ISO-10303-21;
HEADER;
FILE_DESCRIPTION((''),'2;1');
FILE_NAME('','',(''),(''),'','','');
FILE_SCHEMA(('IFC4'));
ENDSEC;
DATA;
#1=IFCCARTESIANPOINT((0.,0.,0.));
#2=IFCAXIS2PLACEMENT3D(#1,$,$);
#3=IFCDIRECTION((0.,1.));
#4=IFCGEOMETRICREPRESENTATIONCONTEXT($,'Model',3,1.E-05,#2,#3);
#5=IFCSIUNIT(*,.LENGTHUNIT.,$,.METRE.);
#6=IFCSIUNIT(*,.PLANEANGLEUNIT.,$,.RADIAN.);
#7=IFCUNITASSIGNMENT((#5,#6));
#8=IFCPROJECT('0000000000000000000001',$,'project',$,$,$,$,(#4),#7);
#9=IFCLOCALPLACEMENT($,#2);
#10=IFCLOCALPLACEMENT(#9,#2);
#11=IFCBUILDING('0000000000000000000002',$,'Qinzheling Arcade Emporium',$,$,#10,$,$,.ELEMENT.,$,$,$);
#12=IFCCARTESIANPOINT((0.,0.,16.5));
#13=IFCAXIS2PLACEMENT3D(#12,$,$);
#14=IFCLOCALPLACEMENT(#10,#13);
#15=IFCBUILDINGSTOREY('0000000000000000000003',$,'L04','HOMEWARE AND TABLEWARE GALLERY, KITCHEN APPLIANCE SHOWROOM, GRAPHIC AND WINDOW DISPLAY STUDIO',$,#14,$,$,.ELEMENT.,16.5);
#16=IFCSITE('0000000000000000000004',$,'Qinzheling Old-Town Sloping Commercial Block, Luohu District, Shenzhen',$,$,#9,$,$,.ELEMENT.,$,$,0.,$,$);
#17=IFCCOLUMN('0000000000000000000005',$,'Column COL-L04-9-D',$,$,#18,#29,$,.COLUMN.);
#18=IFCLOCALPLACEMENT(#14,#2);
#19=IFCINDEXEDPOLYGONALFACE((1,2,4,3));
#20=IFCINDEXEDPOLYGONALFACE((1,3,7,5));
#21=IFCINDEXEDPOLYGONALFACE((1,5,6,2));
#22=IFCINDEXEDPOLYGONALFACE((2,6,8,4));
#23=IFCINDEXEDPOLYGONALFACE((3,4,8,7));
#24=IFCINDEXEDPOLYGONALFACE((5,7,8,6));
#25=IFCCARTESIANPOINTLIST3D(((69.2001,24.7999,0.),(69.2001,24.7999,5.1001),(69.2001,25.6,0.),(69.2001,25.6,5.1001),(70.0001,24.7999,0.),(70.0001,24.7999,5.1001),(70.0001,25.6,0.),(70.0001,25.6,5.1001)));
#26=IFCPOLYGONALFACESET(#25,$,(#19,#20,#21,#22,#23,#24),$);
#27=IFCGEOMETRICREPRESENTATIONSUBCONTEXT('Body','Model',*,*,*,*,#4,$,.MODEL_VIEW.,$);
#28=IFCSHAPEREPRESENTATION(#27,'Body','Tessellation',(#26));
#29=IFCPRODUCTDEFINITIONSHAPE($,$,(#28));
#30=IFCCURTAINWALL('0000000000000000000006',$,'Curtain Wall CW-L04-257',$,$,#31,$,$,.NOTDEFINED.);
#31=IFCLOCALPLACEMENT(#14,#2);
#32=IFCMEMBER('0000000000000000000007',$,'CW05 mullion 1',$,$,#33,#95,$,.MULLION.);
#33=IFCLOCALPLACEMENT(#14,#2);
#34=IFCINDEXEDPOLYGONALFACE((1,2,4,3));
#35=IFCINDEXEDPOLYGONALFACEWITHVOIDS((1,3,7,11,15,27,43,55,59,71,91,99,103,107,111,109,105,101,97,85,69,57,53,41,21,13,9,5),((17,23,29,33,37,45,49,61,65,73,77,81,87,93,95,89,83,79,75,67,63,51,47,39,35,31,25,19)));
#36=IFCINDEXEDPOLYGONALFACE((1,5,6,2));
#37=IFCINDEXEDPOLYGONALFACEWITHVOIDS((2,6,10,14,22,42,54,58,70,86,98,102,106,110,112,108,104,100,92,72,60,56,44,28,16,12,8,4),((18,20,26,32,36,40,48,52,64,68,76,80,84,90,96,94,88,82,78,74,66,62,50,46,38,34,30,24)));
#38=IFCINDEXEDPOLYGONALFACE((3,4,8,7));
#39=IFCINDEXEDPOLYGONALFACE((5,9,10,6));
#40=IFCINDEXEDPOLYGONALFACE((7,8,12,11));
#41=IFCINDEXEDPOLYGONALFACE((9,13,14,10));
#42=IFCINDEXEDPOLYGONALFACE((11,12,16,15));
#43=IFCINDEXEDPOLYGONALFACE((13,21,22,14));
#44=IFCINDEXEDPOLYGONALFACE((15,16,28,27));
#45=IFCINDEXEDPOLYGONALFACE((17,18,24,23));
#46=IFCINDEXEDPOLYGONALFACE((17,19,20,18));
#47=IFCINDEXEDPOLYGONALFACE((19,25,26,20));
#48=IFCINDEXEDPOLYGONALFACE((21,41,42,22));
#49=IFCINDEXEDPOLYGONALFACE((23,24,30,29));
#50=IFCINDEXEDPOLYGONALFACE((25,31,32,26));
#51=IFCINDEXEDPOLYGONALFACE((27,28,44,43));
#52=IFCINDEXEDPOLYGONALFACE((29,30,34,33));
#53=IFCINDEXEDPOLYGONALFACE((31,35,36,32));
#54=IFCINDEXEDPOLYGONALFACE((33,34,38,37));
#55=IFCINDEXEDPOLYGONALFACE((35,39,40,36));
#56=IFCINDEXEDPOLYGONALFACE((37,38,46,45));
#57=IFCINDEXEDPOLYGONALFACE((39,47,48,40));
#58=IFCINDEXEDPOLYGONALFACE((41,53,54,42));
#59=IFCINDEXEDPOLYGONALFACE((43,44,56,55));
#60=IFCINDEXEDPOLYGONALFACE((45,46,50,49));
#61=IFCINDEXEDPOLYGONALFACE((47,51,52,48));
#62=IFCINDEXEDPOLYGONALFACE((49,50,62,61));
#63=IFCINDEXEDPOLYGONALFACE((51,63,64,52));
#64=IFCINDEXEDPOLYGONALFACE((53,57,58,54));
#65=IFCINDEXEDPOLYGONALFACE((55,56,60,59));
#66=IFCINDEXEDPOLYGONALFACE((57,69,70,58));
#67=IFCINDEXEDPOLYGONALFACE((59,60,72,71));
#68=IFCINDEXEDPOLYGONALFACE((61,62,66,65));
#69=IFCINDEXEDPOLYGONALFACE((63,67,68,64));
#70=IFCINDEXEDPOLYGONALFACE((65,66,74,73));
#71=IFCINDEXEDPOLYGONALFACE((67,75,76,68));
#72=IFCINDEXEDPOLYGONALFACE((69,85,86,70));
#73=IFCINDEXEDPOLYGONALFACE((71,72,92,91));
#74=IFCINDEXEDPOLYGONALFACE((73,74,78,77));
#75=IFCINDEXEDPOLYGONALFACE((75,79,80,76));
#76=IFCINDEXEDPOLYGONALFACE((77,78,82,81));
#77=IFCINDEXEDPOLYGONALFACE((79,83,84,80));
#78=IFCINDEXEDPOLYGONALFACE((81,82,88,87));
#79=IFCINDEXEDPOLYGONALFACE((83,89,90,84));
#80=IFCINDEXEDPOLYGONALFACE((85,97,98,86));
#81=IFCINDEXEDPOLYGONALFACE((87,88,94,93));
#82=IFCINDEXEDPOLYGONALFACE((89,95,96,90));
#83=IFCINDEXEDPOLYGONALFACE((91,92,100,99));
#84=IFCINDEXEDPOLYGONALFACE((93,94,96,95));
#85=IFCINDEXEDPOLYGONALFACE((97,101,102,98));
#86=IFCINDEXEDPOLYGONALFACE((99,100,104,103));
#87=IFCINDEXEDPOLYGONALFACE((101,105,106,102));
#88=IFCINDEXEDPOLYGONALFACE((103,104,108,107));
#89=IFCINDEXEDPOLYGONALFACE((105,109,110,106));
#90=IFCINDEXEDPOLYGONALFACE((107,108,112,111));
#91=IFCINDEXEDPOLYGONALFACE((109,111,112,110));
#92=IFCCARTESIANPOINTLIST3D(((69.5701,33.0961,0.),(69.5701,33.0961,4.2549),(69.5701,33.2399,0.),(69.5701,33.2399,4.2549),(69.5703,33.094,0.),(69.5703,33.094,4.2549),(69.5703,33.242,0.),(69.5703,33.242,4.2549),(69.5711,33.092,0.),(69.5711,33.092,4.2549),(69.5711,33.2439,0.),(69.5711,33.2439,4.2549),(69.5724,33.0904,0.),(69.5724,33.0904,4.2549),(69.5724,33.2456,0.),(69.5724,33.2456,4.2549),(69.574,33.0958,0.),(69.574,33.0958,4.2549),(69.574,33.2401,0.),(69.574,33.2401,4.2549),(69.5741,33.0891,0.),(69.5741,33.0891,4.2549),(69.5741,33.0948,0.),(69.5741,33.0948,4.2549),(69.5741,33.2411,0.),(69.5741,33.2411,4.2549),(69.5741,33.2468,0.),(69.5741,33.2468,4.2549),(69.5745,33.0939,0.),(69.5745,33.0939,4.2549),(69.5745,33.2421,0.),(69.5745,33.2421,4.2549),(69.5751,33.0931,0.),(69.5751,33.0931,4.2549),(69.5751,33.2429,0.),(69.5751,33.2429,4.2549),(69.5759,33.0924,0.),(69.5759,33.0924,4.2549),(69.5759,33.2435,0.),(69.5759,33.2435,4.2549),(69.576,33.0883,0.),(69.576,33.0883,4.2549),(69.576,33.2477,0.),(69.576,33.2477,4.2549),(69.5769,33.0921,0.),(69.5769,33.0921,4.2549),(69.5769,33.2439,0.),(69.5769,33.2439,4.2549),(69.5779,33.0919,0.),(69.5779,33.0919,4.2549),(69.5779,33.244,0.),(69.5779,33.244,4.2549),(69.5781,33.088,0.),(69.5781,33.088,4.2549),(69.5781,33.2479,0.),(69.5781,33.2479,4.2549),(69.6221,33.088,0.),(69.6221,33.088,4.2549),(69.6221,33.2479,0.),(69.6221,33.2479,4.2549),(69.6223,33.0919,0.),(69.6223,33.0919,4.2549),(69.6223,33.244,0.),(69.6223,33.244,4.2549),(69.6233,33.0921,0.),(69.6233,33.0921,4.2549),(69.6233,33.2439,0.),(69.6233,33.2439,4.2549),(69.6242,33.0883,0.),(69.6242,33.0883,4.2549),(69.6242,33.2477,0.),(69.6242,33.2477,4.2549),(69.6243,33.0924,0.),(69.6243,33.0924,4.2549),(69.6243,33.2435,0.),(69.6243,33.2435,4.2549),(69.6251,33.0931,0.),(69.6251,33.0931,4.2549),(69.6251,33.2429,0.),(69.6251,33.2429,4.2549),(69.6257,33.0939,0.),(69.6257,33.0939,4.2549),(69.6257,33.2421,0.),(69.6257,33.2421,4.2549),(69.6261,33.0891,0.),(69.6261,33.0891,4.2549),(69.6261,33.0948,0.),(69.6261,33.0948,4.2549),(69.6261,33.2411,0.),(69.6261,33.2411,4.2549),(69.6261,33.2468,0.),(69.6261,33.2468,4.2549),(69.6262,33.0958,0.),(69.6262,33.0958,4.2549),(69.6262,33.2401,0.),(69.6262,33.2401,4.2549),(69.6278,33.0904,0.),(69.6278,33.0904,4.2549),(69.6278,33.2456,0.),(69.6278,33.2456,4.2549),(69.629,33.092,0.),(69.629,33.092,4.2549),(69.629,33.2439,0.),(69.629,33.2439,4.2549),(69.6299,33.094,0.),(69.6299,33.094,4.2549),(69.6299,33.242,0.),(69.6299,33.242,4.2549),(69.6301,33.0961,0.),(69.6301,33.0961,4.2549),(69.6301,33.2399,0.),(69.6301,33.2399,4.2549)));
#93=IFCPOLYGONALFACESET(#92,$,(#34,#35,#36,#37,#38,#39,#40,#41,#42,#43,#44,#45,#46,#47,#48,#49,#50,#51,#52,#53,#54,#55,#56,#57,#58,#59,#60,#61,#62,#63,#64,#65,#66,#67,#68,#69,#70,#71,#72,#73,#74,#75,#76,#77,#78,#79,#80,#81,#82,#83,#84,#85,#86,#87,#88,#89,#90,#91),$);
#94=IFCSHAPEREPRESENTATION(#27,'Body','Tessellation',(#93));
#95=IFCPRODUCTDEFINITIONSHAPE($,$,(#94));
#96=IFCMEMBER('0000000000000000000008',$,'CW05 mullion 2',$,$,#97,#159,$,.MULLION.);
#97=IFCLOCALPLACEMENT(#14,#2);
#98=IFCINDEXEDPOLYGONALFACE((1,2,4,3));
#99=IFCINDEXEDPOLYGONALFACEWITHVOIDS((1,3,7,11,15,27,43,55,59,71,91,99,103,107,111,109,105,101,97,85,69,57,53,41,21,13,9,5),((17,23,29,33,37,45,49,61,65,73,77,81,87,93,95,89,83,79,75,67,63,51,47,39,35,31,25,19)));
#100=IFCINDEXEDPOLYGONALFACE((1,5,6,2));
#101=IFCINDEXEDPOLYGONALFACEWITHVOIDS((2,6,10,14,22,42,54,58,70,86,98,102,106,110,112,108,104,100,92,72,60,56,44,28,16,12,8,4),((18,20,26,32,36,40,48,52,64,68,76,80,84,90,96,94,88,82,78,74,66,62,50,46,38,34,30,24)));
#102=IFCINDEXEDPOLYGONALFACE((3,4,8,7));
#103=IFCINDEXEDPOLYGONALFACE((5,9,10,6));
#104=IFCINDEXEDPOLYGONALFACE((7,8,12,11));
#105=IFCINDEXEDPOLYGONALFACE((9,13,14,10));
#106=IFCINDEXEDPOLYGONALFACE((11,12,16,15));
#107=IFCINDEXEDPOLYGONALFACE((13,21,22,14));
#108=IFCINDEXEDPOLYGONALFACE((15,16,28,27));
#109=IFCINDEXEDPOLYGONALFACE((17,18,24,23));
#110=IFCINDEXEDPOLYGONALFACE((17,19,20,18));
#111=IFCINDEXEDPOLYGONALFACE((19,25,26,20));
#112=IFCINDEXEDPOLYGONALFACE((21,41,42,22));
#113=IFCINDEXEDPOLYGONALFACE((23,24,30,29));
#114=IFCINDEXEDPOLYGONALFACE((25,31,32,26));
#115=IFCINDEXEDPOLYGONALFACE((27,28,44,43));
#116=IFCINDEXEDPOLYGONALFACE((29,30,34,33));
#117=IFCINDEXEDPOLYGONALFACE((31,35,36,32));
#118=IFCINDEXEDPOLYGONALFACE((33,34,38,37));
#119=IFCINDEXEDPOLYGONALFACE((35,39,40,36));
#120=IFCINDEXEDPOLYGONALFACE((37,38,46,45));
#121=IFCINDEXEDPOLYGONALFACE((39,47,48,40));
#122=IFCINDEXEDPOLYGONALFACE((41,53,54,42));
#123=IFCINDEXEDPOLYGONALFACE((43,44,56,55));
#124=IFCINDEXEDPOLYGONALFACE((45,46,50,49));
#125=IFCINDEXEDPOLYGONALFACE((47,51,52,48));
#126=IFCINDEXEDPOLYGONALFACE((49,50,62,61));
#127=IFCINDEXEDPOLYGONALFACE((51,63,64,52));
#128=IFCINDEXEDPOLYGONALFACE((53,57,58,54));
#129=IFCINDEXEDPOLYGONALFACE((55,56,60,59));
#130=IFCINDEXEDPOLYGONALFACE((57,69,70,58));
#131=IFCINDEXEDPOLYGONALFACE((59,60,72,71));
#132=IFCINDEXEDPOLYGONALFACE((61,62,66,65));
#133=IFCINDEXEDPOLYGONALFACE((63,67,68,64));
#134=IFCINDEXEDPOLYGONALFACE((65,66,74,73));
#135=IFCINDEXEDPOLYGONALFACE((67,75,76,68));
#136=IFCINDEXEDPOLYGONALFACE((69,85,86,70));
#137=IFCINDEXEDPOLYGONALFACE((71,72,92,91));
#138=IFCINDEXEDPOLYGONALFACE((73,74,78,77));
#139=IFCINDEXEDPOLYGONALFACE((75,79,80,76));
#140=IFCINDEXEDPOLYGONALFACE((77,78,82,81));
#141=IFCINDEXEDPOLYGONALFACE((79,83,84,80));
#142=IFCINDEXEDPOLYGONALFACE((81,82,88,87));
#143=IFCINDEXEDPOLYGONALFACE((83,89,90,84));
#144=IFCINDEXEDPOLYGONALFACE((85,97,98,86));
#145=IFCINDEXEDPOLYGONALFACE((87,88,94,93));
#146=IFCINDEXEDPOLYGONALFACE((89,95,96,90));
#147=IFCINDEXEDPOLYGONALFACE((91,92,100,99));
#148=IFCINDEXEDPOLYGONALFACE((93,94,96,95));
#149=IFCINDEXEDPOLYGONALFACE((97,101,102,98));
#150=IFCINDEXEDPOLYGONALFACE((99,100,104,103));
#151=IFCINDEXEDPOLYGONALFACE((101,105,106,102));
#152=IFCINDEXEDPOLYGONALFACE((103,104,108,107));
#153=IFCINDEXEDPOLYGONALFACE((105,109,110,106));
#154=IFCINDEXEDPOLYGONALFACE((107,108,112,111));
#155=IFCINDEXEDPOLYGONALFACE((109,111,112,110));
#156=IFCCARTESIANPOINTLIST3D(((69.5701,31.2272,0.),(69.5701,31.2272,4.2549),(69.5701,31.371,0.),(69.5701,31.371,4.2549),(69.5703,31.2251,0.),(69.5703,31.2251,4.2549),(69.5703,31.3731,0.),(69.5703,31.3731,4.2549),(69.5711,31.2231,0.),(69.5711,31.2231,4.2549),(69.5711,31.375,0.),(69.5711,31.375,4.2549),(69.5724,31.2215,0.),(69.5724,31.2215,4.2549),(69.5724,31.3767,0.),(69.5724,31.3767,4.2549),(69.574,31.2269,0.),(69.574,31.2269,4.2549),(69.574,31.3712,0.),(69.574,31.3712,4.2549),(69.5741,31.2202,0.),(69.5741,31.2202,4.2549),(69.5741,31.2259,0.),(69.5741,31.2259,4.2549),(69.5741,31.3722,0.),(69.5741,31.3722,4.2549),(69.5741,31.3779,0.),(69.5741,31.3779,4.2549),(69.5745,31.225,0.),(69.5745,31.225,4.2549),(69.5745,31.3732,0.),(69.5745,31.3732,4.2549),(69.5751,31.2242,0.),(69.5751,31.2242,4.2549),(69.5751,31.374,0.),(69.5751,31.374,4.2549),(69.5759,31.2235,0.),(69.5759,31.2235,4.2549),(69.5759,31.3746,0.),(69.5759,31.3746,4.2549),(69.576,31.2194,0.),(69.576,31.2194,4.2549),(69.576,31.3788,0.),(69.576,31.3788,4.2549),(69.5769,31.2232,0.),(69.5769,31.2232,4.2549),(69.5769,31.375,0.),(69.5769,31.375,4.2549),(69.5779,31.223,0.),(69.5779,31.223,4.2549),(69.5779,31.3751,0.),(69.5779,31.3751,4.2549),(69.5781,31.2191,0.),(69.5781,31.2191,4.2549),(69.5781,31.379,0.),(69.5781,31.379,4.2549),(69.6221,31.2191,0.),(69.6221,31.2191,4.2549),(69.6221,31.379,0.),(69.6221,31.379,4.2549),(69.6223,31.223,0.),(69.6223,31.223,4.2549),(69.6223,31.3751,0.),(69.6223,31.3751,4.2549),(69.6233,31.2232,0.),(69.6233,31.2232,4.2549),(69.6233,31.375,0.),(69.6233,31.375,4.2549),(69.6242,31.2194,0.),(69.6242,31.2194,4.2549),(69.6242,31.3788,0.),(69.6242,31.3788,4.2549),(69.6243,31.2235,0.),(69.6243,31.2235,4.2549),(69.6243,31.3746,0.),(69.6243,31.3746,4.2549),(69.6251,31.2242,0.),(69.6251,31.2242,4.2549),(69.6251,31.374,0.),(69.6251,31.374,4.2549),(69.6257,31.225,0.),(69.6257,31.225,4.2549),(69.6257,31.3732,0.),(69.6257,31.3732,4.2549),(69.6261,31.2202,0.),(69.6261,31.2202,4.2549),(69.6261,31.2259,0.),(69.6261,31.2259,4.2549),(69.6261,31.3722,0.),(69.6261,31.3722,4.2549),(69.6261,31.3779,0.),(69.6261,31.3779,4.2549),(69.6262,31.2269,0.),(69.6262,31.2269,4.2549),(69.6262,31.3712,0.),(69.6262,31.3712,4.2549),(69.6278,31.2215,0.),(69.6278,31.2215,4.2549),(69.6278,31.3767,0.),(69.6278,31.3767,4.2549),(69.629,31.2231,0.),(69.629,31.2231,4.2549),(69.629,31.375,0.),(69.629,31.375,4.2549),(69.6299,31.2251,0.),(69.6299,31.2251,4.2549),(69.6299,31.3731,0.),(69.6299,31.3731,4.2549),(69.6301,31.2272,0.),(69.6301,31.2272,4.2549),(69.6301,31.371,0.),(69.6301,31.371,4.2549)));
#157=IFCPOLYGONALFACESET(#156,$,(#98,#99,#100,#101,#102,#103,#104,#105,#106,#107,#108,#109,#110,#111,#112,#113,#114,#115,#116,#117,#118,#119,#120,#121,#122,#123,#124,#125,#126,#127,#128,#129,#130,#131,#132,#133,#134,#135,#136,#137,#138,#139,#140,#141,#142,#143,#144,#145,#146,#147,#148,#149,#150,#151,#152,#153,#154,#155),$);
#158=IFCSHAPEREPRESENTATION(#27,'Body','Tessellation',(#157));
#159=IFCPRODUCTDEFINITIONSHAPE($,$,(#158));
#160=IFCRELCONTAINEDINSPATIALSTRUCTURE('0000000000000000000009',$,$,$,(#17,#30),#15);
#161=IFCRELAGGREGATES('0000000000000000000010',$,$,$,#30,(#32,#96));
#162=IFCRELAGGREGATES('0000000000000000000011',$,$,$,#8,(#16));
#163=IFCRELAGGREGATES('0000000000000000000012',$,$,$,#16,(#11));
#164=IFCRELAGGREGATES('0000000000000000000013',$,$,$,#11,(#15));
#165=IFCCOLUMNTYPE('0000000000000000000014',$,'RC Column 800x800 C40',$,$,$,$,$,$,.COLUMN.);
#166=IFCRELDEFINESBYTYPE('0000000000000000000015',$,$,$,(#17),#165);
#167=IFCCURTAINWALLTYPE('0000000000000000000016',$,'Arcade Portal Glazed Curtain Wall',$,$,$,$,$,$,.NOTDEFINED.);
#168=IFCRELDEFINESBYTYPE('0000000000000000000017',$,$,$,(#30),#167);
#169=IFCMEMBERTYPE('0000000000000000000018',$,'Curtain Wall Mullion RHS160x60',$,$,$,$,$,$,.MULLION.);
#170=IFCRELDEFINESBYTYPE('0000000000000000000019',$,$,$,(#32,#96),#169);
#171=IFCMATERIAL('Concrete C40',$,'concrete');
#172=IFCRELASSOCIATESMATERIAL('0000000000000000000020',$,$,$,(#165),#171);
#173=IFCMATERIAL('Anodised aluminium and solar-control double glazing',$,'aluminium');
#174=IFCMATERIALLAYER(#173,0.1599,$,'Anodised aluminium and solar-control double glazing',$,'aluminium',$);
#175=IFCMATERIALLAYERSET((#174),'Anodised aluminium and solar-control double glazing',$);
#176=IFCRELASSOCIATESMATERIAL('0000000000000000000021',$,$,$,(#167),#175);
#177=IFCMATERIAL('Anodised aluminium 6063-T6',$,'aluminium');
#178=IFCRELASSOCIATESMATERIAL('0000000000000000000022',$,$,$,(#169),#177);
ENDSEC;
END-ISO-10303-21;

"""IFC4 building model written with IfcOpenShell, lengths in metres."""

from ifc_helpers import new_model, si_unit, direction, frame, origin, origin_2d, place, context, subcontext, project, spatial, rectangle, hollow_rectangle, extrude, material, layer, layer_set, material_profile, profile_set, type_object, element, aggregate, save


model = new_model("IFC4")

# Units and contexts
model_context = context("Model", 3, precision=1e-05, world=origin(), true_north=direction((0.0, 1.0)))
body_context = subcontext(model_context, "Body", "Model", "MODEL_VIEW")
ifc_project = project(units=[si_unit("LENGTHUNIT", "METRE"), si_unit("PLANEANGLEUNIT", "RADIAN")], contexts=[model_context])

# Site, building, storey
site_placement = place(None, origin())
site = spatial("IfcSite", under=ifc_project, at=site_placement, Name="Qinzheling Old-Town Sloping Commercial Block, Luohu District, Shenzhen", CompositionType="ELEMENT", RefElevation=0.0)
building_placement = place(site_placement, origin())
building = spatial("IfcBuilding", under=site, at=building_placement, Name="Qinzheling Arcade Emporium", CompositionType="ELEMENT")
storey_placement = place(building_placement, frame((0.0, 0.0, 16.5)))
storey = spatial("IfcBuildingStorey", under=building, at=storey_placement, Name="L04", Description="HOMEWARE AND TABLEWARE GALLERY, KITCHEN APPLIANCE SHOWROOM, GRAPHIC AND WINDOW DISPLAY STUDIO", CompositionType="ELEMENT", Elevation=16.5)

# Column
ifc_material_1 = material(Name="Concrete C40", Category="concrete")
ifc_material_profile_1 = material_profile(ifc_material_1, rectangle(XDim=0.8, YDim=0.8, at=origin_2d()), Name="RC 800x800", Category="concrete")
ifc_profile_set_1 = profile_set([ifc_material_profile_1], Name="Concrete C40")
column_type = type_object("IfcColumnType", Name="RC Column 800x800 C40", PredefinedType="COLUMN", material=ifc_profile_set_1)
column_placement = place(storey_placement, frame((69.6001, 25.2, 0.0), z_axis=(0.0, 0.0, 1.0), x_axis=(1.0, 0.0, 0.0)))
element("IfcColumn", 1, at=column_placement, inside=storey, type_object=column_type, Name="Column COL-L04-9-D", PredefinedType="COLUMN", context=body_context, shape_type="SweptSolid", body=[
    extrude(rectangle(XDim=0.8, YDim=0.8, at=origin_2d()), origin(), (0.0, 0.0, 1.0), 5.1001),
])

# Curtain wall, members
ifc_material_2 = material(Name="Anodised aluminium and solar-control double glazing", Category="aluminium")
ifc_layer_1 = layer(ifc_material_2, 0.1599, Name="Anodised aluminium and solar-control double glazing", Category="aluminium")
ifc_layer_set_1 = layer_set([ifc_layer_1], Name="Anodised aluminium and solar-control double glazing")
curtain_wall_type = type_object("IfcCurtainWallType", Name="Arcade Portal Glazed Curtain Wall", PredefinedType="NOTDEFINED", material=ifc_layer_set_1)
curtain_wall_1_placement = place(storey_placement, origin())
curtain_wall_1 = element("IfcCurtainWall", 2, at=curtain_wall_1_placement, inside=storey, type_object=curtain_wall_type, Name="Curtain Wall CW-L04-257", PredefinedType="NOTDEFINED")
ifc_material_3 = material(Name="Anodised aluminium 6063-T6", Category="aluminium")
ifc_material_profile_2 = material_profile(ifc_material_3, hollow_rectangle(XDim=0.0601, YDim=0.1599, WallThickness=0.0039, InnerFilletRadius=0.0039, OuterFilletRadius=0.0081, at=origin_2d()), Name="RHS 160x60x4", Category="aluminium")
ifc_profile_set_2 = profile_set([ifc_material_profile_2], Name="Anodised aluminium 6063-T6")
member_type_1 = type_object("IfcMemberType", Name="Curtain Wall Mullion RHS160x60", PredefinedType="MULLION", material=ifc_profile_set_2)
member_1_placement = place(storey_placement, frame((69.6001, 33.168, 0.0), z_axis=(0.0, 0.0, 1.0), x_axis=(1.0, 0.0, 0.0)))
member_1 = element("IfcMember", 3, at=member_1_placement, type_object=member_type_1, Name="CW05 mullion 1", PredefinedType="MULLION", context=body_context, shape_type="SweptSolid", body=[
    extrude(hollow_rectangle(XDim=0.0601, YDim=0.1599, WallThickness=0.0039, InnerFilletRadius=0.0039, OuterFilletRadius=0.0081, at=origin_2d()), origin(), (0.0, 0.0, 1.0), 4.2549),
])
member_2_placement = place(storey_placement, frame((69.6001, 31.2991, 0.0), z_axis=(0.0, 0.0, 1.0), x_axis=(1.0, 0.0, 0.0)))
member_2 = element("IfcMember", 4, at=member_2_placement, type_object=member_type_1, Name="CW05 mullion 2", PredefinedType="MULLION", context=body_context, shape_type="SweptSolid", body=[
    extrude(hollow_rectangle(XDim=0.0601, YDim=0.1599, WallThickness=0.0039, InnerFilletRadius=0.0039, OuterFilletRadius=0.0081, at=origin_2d()), origin(), (0.0, 0.0, 1.0), 4.2549),
])

aggregate(curtain_wall_1, [member_1, member_2])

save(model, "model.ifc")
